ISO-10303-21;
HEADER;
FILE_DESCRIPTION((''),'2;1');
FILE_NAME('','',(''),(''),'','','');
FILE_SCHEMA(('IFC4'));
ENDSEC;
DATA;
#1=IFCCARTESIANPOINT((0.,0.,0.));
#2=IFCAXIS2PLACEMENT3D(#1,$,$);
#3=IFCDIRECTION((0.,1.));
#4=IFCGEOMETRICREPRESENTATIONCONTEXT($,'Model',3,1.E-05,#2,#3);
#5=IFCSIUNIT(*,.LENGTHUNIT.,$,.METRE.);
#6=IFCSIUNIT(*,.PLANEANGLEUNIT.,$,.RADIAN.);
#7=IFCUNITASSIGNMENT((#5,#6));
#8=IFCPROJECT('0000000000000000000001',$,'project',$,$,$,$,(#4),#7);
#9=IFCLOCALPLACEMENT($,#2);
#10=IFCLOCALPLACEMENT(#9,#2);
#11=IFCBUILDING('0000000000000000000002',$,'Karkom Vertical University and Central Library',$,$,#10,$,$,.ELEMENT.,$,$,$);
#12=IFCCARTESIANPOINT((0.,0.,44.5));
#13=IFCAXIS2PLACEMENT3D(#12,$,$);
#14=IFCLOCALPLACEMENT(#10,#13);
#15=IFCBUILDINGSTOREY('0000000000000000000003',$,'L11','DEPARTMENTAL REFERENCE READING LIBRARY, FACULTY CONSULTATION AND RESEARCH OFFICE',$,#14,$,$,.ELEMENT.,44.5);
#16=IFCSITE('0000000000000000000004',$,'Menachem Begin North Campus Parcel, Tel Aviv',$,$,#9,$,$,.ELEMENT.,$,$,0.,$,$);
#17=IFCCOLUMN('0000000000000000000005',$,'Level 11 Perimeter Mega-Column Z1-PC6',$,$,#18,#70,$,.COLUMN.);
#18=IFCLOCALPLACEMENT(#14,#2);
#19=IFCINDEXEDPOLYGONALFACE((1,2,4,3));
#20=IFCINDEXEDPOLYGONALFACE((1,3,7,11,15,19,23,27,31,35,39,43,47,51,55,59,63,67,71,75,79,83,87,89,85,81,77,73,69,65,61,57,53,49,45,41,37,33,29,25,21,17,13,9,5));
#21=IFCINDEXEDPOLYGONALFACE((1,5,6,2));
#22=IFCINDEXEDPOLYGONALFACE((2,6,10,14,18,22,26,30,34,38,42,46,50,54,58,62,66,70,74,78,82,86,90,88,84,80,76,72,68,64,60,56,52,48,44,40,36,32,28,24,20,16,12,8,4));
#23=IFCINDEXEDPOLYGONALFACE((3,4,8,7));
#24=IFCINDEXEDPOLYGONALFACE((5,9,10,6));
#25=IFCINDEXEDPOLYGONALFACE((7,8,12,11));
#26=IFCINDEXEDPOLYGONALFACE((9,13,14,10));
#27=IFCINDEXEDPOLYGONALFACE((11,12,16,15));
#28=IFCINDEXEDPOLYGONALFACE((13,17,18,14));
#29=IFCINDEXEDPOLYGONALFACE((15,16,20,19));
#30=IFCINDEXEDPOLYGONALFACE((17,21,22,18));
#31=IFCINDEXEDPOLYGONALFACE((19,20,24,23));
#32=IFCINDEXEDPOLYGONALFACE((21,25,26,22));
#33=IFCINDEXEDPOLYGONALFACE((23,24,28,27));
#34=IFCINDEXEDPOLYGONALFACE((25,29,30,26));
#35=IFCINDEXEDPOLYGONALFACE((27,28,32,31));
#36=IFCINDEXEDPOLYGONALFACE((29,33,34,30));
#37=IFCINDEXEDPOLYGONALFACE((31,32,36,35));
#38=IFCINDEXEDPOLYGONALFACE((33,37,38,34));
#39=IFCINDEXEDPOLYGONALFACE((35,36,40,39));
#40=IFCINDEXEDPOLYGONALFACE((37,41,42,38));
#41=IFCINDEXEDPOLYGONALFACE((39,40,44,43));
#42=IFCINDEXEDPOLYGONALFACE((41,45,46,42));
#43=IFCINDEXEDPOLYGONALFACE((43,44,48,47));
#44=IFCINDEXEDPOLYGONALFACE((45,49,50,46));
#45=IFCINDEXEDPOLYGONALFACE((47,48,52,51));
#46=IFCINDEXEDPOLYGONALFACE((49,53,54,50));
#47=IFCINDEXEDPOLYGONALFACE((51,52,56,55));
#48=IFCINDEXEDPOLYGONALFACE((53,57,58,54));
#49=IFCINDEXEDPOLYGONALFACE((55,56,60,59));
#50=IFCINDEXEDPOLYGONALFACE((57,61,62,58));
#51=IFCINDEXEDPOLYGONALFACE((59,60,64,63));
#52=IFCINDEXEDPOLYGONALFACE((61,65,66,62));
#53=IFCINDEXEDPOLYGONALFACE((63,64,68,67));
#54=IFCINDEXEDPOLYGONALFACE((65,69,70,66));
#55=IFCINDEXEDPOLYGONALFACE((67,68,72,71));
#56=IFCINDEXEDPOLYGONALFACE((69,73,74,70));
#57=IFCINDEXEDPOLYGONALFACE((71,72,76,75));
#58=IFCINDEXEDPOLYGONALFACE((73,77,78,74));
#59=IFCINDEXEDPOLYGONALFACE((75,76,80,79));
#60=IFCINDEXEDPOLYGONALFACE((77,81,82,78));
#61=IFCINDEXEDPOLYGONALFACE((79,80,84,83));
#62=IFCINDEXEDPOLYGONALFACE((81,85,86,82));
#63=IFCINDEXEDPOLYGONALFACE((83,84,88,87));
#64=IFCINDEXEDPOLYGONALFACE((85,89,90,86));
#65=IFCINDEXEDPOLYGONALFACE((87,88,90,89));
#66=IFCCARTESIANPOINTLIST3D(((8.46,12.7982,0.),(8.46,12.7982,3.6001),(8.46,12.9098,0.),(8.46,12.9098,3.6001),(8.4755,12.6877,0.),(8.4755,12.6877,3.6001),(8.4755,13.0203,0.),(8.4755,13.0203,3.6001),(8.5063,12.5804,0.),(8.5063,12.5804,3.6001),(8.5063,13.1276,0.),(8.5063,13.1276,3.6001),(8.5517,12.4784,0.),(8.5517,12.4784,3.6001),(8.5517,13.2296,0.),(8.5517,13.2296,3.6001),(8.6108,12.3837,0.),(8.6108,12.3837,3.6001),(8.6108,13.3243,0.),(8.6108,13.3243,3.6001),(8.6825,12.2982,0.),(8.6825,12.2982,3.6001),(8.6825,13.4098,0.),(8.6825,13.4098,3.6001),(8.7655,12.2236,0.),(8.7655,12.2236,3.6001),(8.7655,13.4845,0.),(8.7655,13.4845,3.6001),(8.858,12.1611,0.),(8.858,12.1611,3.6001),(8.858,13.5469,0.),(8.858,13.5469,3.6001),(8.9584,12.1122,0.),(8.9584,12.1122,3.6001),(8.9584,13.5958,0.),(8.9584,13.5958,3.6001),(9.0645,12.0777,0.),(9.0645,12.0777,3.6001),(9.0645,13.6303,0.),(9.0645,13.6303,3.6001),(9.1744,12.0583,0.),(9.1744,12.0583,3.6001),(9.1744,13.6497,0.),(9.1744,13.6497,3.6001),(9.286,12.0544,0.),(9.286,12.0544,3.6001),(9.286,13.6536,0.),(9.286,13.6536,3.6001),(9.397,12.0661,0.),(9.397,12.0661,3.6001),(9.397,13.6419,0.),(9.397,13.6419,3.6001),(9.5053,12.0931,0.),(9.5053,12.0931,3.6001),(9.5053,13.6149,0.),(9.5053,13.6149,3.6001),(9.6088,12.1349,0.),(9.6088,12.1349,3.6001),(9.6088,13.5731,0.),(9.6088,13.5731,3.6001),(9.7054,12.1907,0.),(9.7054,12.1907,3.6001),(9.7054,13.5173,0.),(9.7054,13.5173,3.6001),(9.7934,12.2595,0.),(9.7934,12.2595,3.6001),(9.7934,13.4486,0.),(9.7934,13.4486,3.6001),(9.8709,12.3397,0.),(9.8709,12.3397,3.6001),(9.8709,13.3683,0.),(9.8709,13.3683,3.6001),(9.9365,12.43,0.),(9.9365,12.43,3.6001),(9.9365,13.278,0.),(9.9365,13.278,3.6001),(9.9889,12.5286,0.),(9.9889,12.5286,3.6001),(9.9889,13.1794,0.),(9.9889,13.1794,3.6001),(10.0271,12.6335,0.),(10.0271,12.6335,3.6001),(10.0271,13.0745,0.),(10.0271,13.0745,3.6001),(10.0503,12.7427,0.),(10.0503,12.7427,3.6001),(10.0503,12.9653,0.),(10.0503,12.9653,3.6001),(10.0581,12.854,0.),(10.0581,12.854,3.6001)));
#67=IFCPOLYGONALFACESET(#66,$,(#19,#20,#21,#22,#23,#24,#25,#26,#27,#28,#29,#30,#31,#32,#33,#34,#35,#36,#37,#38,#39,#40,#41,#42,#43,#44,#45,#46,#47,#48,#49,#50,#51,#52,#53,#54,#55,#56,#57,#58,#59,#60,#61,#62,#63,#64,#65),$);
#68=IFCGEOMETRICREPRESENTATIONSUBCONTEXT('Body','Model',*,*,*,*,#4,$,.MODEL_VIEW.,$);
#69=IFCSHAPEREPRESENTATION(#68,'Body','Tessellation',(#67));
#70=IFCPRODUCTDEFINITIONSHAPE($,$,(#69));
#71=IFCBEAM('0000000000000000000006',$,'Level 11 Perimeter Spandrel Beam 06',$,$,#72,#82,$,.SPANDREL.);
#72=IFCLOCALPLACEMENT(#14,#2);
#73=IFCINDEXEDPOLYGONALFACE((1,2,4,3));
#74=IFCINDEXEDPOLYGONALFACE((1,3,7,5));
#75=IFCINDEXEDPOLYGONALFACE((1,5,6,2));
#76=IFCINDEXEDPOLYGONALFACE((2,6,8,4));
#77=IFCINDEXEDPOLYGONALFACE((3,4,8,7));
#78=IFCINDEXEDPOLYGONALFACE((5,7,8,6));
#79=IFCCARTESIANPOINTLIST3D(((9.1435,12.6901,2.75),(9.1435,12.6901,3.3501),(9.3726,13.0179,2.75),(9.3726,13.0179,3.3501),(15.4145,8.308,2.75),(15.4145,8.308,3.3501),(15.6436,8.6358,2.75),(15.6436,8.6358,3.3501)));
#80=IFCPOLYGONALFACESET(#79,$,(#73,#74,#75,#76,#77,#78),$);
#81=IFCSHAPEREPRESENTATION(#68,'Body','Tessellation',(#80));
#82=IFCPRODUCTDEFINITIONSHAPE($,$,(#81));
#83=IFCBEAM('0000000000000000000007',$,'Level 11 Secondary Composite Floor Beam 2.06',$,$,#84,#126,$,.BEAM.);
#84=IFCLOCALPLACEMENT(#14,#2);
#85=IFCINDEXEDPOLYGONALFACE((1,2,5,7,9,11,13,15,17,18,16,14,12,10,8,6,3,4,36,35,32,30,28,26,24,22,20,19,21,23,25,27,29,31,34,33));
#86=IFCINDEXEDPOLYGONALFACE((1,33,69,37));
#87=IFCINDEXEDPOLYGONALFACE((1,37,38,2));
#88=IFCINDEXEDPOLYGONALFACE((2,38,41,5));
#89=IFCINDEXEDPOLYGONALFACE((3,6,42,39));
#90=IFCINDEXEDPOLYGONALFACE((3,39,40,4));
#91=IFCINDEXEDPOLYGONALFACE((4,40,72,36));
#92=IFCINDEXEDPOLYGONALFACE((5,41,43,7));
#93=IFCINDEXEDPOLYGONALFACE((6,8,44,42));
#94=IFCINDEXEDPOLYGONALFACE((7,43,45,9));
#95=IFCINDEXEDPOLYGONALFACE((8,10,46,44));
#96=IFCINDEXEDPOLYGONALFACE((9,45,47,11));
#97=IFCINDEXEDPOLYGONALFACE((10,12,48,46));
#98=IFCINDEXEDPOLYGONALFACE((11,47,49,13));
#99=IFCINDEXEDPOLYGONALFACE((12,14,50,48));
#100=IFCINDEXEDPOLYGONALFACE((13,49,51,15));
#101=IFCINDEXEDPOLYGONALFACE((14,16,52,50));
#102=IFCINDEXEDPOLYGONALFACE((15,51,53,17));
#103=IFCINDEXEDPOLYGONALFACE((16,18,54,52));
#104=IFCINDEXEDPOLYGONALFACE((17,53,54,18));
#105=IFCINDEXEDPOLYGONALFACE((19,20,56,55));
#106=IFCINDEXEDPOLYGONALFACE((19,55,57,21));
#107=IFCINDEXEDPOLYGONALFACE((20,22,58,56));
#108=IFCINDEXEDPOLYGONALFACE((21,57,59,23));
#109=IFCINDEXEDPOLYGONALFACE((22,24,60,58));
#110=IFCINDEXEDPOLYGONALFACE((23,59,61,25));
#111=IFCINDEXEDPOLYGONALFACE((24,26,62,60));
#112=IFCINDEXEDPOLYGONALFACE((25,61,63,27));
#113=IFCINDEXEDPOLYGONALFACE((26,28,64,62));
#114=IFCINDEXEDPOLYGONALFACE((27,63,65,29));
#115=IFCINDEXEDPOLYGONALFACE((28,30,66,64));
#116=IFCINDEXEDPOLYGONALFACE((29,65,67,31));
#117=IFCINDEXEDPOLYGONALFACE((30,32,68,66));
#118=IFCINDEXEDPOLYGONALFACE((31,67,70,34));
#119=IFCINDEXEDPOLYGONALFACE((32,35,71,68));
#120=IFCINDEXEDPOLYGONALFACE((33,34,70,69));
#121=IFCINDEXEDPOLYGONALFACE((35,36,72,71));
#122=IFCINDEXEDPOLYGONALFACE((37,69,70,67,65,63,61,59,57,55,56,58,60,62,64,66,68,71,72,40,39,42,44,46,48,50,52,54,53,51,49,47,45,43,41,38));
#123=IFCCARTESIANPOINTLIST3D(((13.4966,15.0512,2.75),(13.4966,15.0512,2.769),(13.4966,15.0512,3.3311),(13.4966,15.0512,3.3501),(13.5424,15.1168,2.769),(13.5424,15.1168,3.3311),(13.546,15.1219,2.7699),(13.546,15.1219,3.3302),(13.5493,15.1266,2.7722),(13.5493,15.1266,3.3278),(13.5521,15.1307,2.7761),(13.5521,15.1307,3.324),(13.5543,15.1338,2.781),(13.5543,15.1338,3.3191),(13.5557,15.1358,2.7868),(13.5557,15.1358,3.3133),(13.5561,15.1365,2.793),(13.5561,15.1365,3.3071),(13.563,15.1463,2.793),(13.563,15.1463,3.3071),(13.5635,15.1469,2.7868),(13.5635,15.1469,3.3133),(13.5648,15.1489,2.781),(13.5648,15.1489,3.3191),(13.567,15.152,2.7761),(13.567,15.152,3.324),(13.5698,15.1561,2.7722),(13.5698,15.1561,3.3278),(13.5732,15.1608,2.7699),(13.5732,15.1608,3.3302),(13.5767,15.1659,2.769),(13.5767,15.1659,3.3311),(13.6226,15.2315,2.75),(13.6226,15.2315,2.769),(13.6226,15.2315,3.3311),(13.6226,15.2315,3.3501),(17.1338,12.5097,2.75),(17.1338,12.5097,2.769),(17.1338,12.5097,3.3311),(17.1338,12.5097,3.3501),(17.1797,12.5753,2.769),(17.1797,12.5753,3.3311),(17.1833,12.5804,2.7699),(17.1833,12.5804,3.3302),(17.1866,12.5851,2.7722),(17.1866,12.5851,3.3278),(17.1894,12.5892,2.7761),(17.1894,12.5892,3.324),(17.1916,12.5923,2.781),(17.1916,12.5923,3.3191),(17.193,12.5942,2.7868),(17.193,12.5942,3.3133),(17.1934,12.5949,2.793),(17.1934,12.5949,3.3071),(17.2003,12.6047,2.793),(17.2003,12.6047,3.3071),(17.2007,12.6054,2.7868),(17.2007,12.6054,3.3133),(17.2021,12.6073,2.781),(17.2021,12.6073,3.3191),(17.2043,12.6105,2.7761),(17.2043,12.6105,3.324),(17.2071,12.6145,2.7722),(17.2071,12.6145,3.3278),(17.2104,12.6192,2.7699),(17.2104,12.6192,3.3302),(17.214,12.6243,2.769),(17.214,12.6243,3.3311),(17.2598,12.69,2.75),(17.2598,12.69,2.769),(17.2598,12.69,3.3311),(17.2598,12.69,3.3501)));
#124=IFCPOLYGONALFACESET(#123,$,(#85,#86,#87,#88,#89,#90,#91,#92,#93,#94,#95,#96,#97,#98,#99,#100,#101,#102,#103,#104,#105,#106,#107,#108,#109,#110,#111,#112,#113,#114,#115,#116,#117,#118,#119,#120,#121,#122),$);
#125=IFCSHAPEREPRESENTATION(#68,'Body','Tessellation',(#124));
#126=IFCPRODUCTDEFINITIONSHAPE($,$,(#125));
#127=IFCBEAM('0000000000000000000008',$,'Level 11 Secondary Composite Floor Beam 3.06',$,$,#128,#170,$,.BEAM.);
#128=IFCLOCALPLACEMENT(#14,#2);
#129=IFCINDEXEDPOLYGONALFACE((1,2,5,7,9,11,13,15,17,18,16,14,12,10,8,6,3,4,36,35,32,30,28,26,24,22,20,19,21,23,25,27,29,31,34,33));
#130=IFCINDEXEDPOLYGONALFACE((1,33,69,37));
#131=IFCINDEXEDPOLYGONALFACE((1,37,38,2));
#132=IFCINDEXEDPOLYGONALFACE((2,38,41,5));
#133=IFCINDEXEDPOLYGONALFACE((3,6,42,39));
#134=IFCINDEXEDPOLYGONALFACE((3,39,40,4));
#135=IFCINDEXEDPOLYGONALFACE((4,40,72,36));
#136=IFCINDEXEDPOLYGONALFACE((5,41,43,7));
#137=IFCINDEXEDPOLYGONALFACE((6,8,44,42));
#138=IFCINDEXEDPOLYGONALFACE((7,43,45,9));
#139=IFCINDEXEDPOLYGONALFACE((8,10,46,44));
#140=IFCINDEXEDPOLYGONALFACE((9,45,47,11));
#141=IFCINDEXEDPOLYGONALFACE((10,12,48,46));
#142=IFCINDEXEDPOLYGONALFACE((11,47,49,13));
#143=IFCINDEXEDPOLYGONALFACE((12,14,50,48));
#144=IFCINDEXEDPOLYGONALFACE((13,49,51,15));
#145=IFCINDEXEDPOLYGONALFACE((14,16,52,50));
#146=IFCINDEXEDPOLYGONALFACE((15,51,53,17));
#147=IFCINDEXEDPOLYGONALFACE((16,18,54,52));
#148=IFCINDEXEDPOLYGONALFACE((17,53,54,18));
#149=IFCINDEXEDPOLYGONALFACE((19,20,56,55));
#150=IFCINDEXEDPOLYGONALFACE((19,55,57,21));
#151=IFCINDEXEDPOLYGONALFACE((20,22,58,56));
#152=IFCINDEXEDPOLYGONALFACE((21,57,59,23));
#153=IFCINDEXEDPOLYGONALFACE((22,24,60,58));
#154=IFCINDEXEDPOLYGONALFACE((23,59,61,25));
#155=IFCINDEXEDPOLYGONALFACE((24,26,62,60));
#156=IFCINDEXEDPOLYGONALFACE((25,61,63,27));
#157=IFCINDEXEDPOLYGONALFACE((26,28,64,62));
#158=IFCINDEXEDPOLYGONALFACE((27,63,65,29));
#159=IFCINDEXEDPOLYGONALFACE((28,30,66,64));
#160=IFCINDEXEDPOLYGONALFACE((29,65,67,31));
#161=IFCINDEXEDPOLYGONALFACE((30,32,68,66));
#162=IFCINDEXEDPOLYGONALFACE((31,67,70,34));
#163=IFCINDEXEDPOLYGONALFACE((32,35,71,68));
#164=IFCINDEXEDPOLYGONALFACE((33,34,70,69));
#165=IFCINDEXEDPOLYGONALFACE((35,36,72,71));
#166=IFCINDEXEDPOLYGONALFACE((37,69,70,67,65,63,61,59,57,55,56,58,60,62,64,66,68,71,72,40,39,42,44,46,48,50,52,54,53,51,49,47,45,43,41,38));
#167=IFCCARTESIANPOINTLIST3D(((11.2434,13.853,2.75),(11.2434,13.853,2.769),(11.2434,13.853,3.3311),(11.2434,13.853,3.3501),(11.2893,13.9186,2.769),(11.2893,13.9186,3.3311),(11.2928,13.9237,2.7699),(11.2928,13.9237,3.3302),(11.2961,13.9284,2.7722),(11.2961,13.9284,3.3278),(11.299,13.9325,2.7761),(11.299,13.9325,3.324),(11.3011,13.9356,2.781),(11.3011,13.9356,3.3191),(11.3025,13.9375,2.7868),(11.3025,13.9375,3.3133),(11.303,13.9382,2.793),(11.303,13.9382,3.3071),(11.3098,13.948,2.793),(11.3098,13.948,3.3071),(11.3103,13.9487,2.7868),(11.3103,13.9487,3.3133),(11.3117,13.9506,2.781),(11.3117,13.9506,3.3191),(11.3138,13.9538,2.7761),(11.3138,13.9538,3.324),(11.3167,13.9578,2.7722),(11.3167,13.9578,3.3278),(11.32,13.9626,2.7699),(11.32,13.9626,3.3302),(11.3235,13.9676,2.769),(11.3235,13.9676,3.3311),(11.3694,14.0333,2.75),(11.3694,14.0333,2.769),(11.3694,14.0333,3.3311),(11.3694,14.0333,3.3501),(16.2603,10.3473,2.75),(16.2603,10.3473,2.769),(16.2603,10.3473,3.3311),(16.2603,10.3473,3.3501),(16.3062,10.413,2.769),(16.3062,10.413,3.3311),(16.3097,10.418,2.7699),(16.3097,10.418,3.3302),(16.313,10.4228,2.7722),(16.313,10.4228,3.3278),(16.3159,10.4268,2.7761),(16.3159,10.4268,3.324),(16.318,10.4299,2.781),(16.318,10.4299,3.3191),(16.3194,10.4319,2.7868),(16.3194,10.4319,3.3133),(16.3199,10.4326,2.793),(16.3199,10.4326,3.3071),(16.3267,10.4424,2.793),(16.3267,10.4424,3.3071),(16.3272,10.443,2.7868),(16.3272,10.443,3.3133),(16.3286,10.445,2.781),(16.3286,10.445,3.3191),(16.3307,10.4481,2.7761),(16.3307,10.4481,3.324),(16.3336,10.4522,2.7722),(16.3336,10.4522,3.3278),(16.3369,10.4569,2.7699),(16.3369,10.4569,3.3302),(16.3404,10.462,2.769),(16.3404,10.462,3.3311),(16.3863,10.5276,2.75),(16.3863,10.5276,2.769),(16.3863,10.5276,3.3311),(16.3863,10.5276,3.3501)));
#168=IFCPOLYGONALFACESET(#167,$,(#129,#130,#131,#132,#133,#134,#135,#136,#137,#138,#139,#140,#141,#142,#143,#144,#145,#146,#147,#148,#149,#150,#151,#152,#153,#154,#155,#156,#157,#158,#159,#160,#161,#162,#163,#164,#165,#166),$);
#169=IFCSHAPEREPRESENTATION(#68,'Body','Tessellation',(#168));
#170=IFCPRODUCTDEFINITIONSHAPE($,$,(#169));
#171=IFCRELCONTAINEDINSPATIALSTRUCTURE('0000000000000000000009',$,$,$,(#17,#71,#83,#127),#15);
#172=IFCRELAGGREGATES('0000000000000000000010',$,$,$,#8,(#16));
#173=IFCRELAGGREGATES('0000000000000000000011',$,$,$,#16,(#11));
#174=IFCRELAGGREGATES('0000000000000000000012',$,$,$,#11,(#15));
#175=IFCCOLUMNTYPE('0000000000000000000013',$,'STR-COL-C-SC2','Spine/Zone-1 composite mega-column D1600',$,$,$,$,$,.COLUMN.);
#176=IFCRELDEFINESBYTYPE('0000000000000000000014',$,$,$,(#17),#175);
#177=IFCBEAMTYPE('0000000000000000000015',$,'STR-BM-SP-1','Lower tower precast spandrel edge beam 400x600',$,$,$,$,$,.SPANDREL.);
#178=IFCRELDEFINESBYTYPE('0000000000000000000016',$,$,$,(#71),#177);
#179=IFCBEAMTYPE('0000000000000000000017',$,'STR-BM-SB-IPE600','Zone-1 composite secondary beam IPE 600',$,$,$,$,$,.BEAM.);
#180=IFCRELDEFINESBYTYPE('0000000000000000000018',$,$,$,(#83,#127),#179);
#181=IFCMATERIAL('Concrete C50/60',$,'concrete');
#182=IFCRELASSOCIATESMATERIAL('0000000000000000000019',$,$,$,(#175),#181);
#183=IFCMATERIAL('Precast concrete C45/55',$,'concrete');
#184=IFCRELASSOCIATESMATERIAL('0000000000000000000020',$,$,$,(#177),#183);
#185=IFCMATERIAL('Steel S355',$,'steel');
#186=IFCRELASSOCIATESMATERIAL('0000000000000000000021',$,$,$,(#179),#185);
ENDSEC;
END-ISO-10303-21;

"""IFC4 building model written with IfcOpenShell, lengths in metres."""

from ifc_helpers import new_model, si_unit, direction, frame, origin, origin_with_axes, origin_2d, place, context, subcontext, project, spatial, rectangle, circle, i_section, extrude, source, transform, mapped, material, material_profile, profile_set, type_object, element, save


model = new_model("IFC4")

# Units and contexts
model_context = context("Model", 3, precision=1e-05, world=origin(), true_north=direction((0.0, 1.0)))
body_context = subcontext(model_context, "Body", "Model", "MODEL_VIEW")
ifc_project = project(units=[si_unit("LENGTHUNIT", "METRE"), si_unit("PLANEANGLEUNIT", "RADIAN")], contexts=[model_context])

# Site, building, storey
site_placement = place(None, origin())
site = spatial("IfcSite", under=ifc_project, at=site_placement, Name="Menachem Begin North Campus Parcel, Tel Aviv", CompositionType="ELEMENT", RefElevation=0.0)
building_placement = place(site_placement, origin())
building = spatial("IfcBuilding", under=site, at=building_placement, Name="Karkom Vertical University and Central Library", CompositionType="ELEMENT")
storey_placement = place(building_placement, frame((0.0, 0.0, 44.5)))
storey = spatial("IfcBuildingStorey", under=building, at=storey_placement, Name="L11", Description="DEPARTMENTAL REFERENCE READING LIBRARY, FACULTY CONSULTATION AND RESEARCH OFFICE", CompositionType="ELEMENT", Elevation=44.5)

# Column
ifc_material_1 = material(Name="Concrete C50/60", Category="concrete")
ifc_material_profile_1 = material_profile(ifc_material_1, circle(Radius=0.8, at=origin_2d()), Name="CFT-D1600")
ifc_profile_set_1 = profile_set([ifc_material_profile_1], Name="Concrete C50/60")
column_type = type_object("IfcColumnType", Name="STR-COL-C-SC2", Description="Spine/Zone-1 composite mega-column D1600", PredefinedType="COLUMN", material=ifc_profile_set_1)
shared_shape_1 = source(origin_with_axes(), body_context, "Body", "SweptSolid", [
    extrude(circle(Radius=0.8, at=origin_2d()), origin(), (0.0, 0.0, 1.0), 3.6001),
])
column_placement = place(storey_placement, frame((9.2581, 12.854, 0.0), z_axis=(0.0, 0.0, 1.0), x_axis=(1.0, 0.0, 0.0)))
element("IfcColumn", 1, at=column_placement, inside=storey, type_object=column_type, Name="Level 11 Perimeter Mega-Column Z1-PC6", PredefinedType="COLUMN", context=body_context, shape_type="MappedRepresentation", body=[
    mapped(shared_shape_1, transform((0.0, 0.0, 0.0), scale=1.0)),
])

# Beams
ifc_material_2 = material(Name="Precast concrete C45/55", Category="concrete")
ifc_material_profile_2 = material_profile(ifc_material_2, rectangle(XDim=0.3999, YDim=0.6001, at=origin_2d()), Name="SPB-400x600")
ifc_profile_set_2 = profile_set([ifc_material_profile_2], Name="Precast concrete C45/55")
beam_type_1 = type_object("IfcBeamType", Name="STR-BM-SP-1", Description="Lower tower precast spandrel edge beam 400x600", PredefinedType="SPANDREL", material=ifc_profile_set_2)
shared_shape_2 = source(origin_with_axes(), body_context, "Body", "SweptSolid", [
    extrude(rectangle(XDim=0.3999, YDim=0.6001, at=origin_2d()), origin(), (0.0, 0.0, 1.0), 7.6504),
])
beam_1_placement = place(storey_placement, frame((9.2581, 12.854, 3.05), z_axis=(0.819699, -0.572794, 0.0), x_axis=(0.572794, 0.819699, 0.0)))
element("IfcBeam", 2, at=beam_1_placement, inside=storey, type_object=beam_type_1, Name="Level 11 Perimeter Spandrel Beam 06", PredefinedType="SPANDREL", context=body_context, shape_type="MappedRepresentation", body=[
    mapped(shared_shape_2, transform((0.0, 0.0, 0.0), scale=1.0)),
])
ifc_material_3 = material(Name="Steel S355", Category="steel")
ifc_material_profile_3 = material_profile(ifc_material_3, i_section(OverallWidth=0.22, OverallDepth=0.6001, WebThickness=0.012, FlangeThickness=0.019, FilletRadius=0.0239, at=origin_2d()), Name="IPE 600")
ifc_profile_set_3 = profile_set([ifc_material_profile_3], Name="Steel S355")
beam_type_2 = type_object("IfcBeamType", Name="STR-BM-SB-IPE600", Description="Zone-1 composite secondary beam IPE 600", PredefinedType="BEAM", material=ifc_profile_set_3)
shared_shape_3 = source(origin_with_axes(), body_context, "Body", "SweptSolid", [
    extrude(i_section(OverallWidth=0.22, OverallDepth=0.6001, WebThickness=0.012, FlangeThickness=0.019, FilletRadius=0.0239, at=origin_2d()), origin(), (0.0, 0.0, 1.0), 4.4373),
])
beam_2_placement = place(storey_placement, frame((13.5596, 15.1414, 3.05), z_axis=(0.819712, -0.572775, 0.0), x_axis=(0.572775, 0.819712, 0.0)))
element("IfcBeam", 3, at=beam_2_placement, inside=storey, type_object=beam_type_2, Name="Level 11 Secondary Composite Floor Beam 2.06", PredefinedType="BEAM", context=body_context, shape_type="MappedRepresentation", body=[
    mapped(shared_shape_3, transform((0.0, 0.0, 0.0), scale=1.0)),
])
shared_shape_4 = source(origin_with_axes(), body_context, "Body", "SweptSolid", [
    extrude(i_section(OverallWidth=0.22, OverallDepth=0.6001, WebThickness=0.012, FlangeThickness=0.019, FilletRadius=0.0239, at=origin_2d()), origin(), (0.0, 0.0, 1.0), 6.1204),
])
beam_3_placement = place(storey_placement, frame((11.3064, 13.9431, 3.05), z_axis=(0.819706, -0.572785, 0.0), x_axis=(0.572785, 0.819706, 0.0)))
element("IfcBeam", 4, at=beam_3_placement, inside=storey, type_object=beam_type_2, Name="Level 11 Secondary Composite Floor Beam 3.06", PredefinedType="BEAM", context=body_context, shape_type="MappedRepresentation", body=[
    mapped(shared_shape_4, transform((0.0, 0.0, 0.0), scale=1.0)),
])

save(model, "model.ifc")
